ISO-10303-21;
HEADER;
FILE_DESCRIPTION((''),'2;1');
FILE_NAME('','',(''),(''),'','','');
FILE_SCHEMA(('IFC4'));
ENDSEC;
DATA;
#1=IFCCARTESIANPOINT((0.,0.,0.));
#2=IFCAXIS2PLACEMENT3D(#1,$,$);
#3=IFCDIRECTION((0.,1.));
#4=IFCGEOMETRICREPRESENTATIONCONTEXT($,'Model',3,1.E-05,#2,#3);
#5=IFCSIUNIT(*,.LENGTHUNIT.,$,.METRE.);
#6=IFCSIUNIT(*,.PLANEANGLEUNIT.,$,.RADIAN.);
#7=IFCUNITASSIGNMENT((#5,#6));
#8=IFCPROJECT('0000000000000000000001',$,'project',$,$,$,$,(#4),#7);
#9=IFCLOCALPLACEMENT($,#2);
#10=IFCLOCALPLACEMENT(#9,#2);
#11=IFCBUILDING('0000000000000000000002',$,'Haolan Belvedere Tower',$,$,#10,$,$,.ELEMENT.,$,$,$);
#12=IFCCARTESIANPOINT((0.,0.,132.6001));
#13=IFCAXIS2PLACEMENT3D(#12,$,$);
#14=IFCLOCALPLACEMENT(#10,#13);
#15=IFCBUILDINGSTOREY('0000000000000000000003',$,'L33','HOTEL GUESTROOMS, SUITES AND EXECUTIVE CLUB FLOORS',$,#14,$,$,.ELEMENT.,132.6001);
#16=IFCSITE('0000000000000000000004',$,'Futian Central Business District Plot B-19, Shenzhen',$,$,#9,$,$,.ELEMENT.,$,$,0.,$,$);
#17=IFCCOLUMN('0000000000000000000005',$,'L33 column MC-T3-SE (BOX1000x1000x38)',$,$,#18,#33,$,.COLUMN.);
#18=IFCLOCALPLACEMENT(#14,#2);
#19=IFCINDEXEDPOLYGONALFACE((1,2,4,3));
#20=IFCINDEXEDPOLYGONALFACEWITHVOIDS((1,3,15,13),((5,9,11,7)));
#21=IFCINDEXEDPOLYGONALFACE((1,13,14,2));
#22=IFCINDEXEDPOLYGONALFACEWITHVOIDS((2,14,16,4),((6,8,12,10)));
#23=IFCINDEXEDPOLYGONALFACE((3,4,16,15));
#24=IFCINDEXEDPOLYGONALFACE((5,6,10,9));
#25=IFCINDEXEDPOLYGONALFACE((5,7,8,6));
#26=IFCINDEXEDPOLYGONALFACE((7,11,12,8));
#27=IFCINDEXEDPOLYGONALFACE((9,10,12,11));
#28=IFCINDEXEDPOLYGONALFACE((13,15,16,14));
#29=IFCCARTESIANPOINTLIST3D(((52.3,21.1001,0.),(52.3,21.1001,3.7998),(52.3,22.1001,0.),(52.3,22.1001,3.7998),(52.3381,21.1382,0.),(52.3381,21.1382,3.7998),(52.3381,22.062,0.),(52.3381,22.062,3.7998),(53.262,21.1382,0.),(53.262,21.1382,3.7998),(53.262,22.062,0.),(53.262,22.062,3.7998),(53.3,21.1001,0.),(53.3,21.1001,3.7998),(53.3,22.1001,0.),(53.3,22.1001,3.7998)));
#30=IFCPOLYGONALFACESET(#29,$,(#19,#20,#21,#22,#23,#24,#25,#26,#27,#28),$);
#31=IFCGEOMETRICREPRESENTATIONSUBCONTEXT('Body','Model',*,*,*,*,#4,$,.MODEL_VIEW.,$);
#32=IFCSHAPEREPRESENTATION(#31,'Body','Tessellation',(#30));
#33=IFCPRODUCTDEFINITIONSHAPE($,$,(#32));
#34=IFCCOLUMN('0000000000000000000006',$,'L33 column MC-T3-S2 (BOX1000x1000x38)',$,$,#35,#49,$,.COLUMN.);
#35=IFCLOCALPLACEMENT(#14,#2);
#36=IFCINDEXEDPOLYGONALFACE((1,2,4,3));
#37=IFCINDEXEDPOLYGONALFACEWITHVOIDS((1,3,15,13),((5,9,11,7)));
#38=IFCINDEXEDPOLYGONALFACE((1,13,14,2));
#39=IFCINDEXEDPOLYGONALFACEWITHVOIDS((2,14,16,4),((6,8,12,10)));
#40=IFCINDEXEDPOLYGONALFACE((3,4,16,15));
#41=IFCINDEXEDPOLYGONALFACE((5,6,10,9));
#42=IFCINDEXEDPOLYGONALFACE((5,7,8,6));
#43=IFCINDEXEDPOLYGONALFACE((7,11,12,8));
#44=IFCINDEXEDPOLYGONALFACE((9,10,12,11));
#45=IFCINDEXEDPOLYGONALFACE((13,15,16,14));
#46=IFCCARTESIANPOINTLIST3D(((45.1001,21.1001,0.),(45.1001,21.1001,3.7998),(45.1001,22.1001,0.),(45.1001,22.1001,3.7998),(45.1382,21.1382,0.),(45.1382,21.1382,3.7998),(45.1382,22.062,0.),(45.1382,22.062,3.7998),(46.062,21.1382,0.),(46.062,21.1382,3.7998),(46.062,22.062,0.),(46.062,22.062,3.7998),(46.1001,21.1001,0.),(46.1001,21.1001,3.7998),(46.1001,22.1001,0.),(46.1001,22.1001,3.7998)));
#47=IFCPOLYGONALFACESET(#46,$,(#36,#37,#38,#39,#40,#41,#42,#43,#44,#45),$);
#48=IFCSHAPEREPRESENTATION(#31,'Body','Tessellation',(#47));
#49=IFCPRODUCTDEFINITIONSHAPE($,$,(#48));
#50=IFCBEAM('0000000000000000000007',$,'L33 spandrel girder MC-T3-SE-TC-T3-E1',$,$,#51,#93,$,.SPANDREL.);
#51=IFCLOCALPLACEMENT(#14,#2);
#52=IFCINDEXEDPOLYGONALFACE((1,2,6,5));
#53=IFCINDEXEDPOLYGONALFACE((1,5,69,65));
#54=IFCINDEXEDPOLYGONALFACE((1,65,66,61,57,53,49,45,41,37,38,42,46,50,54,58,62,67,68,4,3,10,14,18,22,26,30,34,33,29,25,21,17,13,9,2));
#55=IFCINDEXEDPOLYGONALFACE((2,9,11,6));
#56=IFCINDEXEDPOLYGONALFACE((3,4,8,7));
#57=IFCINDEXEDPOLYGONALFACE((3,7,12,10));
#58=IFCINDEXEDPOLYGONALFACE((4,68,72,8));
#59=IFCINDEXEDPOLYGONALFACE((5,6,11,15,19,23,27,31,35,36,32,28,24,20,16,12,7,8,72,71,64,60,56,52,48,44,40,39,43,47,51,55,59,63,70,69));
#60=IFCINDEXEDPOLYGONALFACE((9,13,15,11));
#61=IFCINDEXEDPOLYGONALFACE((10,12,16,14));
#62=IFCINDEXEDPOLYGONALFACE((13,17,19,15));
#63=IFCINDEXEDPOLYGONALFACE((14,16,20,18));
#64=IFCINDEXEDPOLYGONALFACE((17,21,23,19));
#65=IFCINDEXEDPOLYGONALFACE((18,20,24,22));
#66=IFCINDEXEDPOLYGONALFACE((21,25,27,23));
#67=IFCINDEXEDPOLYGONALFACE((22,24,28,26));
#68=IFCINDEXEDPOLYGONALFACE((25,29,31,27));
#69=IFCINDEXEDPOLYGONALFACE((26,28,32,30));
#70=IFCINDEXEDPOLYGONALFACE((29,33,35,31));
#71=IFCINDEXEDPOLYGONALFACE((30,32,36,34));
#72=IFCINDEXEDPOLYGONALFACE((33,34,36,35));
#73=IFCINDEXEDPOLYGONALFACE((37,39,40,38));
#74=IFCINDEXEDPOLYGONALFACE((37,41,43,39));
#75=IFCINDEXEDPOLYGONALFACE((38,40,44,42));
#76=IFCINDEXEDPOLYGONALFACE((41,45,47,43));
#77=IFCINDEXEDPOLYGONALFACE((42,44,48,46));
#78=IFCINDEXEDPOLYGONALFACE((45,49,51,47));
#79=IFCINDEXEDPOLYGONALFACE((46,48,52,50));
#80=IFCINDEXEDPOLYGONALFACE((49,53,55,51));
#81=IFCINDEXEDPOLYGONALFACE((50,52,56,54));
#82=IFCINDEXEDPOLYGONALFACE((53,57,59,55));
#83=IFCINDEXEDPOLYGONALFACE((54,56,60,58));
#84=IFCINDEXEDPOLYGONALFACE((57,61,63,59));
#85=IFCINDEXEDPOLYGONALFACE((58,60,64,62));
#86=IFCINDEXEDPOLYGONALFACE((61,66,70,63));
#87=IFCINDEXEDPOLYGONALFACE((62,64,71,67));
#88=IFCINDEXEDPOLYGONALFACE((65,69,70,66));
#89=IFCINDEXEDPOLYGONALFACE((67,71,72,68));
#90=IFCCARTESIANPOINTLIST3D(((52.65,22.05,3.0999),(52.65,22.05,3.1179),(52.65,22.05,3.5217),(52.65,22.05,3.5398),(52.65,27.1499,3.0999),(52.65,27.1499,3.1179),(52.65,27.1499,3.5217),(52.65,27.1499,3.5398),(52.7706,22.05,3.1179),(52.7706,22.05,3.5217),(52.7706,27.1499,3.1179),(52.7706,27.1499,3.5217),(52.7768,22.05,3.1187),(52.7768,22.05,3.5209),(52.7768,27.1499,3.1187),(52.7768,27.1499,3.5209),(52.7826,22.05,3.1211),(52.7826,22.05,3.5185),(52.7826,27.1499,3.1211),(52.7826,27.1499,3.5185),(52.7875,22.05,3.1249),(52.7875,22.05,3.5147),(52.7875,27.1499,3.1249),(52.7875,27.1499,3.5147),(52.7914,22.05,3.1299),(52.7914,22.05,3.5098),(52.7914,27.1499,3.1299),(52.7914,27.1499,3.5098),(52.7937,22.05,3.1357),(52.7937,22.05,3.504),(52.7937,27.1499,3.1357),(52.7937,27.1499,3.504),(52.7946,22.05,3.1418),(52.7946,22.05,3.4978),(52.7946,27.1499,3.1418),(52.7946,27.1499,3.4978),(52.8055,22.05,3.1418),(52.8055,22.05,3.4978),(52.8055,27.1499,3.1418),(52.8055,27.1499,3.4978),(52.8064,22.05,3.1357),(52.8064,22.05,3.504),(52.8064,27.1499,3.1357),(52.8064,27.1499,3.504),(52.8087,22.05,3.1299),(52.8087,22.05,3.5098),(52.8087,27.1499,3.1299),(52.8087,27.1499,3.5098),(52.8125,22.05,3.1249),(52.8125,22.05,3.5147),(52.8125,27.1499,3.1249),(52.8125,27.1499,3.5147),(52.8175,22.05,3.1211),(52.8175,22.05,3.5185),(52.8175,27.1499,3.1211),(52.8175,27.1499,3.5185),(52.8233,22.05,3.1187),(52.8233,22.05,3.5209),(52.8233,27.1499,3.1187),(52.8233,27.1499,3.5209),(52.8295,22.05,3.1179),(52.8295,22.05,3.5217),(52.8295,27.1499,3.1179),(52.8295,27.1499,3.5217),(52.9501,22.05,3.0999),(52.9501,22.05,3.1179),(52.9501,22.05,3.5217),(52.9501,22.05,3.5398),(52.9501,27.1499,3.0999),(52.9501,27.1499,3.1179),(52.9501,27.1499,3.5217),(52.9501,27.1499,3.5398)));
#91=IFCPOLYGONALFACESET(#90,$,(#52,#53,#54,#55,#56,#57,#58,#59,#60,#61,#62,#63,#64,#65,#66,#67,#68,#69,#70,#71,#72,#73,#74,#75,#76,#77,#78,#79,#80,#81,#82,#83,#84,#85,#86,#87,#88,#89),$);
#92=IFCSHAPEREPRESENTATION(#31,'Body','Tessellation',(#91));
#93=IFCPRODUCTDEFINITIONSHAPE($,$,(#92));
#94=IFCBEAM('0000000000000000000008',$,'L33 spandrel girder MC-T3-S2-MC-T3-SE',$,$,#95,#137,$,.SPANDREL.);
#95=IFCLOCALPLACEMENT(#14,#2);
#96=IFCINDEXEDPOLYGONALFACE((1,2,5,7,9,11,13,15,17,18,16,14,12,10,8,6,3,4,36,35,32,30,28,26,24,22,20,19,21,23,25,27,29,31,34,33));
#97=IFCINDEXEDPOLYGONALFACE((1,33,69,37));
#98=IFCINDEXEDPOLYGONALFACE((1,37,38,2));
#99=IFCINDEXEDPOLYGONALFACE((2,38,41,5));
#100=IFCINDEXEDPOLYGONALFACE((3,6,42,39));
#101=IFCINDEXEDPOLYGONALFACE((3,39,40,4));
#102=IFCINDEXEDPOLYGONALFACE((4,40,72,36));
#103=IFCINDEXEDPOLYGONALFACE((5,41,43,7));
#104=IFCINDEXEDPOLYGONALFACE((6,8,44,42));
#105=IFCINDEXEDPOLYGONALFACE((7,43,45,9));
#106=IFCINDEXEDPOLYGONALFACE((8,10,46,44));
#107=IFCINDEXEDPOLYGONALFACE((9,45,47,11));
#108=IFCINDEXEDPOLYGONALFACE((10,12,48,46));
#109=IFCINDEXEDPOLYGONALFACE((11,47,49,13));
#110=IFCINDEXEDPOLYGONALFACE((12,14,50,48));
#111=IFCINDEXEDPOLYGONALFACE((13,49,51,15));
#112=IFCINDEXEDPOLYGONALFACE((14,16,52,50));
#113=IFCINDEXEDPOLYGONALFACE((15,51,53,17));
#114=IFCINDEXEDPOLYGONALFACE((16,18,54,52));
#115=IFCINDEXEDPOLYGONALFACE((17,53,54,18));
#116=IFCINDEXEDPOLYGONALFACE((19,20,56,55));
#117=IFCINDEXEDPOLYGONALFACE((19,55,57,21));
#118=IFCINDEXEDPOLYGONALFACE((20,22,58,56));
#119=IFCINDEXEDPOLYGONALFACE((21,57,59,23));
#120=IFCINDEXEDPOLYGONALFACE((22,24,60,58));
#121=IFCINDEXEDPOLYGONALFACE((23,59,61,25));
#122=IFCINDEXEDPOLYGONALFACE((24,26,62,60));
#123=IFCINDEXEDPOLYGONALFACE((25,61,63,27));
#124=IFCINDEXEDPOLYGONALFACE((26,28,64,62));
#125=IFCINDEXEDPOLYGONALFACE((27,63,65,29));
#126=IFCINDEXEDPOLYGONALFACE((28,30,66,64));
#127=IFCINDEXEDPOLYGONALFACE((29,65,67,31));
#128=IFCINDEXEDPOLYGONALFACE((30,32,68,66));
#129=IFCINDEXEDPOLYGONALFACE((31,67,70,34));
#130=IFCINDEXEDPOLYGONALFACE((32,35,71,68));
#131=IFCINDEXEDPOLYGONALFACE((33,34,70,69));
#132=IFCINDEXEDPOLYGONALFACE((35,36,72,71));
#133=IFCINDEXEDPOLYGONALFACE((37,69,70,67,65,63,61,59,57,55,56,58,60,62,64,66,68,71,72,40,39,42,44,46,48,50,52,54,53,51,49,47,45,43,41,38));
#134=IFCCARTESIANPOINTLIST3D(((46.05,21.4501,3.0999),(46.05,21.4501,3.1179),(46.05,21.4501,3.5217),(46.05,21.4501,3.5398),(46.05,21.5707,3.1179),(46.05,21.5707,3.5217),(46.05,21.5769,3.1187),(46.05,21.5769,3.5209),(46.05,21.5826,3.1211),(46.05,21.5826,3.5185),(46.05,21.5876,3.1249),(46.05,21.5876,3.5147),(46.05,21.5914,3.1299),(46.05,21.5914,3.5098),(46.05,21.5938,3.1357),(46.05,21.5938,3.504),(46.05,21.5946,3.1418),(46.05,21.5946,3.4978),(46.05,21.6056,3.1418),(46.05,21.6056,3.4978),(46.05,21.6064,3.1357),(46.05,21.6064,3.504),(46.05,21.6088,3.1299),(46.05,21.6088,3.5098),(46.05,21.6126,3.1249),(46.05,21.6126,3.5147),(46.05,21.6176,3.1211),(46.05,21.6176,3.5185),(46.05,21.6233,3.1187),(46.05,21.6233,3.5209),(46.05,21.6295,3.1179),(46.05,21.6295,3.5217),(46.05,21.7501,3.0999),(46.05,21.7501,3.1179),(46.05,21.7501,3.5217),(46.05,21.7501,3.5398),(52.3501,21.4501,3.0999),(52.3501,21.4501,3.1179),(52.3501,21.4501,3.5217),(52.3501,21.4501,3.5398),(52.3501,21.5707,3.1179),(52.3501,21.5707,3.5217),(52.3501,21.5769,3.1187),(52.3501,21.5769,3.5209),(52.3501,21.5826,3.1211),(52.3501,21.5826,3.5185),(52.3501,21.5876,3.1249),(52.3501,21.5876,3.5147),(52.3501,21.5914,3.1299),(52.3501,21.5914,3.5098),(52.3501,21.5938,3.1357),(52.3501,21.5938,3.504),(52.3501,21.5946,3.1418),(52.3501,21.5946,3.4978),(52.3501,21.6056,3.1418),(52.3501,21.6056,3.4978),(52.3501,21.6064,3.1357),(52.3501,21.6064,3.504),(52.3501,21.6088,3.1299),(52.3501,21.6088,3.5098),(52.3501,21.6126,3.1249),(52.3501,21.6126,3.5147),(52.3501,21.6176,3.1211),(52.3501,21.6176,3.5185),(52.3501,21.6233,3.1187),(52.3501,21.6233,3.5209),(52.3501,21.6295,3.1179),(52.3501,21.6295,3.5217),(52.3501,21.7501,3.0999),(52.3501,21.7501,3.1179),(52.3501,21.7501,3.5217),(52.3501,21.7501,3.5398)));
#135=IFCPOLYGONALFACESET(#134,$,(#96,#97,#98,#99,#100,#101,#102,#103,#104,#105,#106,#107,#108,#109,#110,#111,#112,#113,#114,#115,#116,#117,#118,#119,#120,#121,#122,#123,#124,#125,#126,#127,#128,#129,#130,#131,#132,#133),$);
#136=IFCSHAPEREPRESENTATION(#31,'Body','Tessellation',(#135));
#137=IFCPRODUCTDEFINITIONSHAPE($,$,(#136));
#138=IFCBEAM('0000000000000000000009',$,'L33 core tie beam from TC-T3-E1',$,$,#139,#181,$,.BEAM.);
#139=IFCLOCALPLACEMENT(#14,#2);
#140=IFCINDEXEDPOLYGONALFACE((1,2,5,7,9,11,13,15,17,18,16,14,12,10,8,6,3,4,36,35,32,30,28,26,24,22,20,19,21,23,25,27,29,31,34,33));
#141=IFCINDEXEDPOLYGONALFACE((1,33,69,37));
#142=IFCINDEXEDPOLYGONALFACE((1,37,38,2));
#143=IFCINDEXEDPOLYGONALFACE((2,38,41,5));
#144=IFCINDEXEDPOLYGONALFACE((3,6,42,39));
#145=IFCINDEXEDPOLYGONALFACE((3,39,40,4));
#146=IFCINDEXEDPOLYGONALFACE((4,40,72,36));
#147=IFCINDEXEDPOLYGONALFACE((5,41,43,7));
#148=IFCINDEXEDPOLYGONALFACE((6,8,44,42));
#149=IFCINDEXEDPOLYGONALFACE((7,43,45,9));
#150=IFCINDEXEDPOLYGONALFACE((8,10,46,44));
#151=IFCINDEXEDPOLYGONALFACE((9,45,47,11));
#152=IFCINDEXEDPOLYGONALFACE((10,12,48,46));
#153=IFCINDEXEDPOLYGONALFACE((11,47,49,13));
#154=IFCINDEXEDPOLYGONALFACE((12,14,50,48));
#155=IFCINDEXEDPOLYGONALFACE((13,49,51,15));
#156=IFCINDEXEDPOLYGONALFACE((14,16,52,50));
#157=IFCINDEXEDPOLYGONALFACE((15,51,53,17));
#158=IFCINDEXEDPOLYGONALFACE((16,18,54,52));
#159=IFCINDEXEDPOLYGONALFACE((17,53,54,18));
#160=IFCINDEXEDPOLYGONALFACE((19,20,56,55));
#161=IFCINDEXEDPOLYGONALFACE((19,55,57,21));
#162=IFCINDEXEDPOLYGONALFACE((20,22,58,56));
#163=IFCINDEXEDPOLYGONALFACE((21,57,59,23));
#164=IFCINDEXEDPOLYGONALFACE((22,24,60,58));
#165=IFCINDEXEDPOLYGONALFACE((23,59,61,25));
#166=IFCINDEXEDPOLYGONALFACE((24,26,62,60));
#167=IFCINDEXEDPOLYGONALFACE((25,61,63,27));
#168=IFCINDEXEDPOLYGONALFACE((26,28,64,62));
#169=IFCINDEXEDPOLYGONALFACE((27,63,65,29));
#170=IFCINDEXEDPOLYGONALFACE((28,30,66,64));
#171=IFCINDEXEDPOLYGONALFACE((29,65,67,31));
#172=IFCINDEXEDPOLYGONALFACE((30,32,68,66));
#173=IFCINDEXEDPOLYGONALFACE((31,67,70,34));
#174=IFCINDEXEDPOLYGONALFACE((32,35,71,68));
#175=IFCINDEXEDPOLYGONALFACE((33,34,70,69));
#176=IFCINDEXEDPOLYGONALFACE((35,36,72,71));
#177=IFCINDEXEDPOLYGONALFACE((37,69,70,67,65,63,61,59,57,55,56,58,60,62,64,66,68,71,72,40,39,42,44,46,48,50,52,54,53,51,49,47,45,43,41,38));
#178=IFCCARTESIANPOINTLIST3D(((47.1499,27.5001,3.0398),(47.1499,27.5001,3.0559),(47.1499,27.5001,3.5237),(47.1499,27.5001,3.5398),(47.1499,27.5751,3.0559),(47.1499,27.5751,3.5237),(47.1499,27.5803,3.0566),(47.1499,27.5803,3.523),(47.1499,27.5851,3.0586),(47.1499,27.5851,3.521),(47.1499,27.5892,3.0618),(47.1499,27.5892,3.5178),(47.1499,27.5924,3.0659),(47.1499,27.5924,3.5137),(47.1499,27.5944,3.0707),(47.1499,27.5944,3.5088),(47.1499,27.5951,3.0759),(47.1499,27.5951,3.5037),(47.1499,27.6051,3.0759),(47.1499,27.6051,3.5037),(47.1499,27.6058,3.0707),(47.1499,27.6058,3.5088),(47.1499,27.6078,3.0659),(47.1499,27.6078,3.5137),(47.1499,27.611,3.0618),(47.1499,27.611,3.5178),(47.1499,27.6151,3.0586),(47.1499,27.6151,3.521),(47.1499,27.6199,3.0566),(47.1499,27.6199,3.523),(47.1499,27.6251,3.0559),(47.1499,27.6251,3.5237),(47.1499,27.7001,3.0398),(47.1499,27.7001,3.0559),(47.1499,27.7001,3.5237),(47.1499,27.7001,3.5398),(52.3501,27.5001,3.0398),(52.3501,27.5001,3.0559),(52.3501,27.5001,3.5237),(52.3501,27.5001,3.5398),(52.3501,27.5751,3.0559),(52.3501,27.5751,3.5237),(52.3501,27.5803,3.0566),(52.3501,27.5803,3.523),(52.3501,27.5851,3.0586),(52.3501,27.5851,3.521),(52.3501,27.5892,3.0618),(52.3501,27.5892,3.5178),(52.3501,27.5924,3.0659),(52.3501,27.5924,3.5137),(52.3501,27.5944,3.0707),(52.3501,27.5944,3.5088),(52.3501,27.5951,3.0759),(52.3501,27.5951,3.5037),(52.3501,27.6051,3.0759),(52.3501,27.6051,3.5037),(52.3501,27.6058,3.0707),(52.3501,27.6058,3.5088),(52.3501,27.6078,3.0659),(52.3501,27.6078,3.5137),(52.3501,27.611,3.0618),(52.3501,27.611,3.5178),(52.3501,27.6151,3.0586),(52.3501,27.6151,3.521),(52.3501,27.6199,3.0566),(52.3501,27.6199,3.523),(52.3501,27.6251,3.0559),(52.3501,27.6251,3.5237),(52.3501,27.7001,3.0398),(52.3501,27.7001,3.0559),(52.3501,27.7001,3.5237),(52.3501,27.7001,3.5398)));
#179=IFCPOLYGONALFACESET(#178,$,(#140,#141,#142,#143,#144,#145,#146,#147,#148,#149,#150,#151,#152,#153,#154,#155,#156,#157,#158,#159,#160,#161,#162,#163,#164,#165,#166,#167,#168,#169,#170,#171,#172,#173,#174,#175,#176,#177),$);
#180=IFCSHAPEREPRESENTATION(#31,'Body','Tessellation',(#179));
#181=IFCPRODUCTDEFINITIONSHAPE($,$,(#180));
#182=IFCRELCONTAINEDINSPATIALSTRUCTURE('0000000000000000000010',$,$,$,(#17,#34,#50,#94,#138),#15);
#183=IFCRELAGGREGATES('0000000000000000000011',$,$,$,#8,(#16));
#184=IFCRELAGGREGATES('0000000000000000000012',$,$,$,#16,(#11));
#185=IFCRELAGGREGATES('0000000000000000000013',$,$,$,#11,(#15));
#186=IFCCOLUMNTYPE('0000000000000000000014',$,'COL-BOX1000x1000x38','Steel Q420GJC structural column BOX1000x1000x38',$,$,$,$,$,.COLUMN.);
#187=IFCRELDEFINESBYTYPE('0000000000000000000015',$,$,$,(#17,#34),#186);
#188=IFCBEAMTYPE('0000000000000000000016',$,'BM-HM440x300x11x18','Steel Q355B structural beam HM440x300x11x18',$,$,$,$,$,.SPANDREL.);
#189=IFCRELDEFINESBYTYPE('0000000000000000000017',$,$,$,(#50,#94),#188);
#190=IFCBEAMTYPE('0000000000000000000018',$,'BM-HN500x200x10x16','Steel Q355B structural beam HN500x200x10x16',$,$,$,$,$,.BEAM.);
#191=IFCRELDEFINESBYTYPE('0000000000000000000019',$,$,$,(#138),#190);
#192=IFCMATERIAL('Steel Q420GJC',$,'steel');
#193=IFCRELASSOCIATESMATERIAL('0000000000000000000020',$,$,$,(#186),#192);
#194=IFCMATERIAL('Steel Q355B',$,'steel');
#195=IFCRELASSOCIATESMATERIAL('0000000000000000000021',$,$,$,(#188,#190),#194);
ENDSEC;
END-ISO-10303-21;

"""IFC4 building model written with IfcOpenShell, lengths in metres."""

from ifc_helpers import new_model, si_unit, direction, frame, origin, origin_2d, place, context, subcontext, project, spatial, hollow_rectangle, i_section, extrude, material, material_profile, profile_set, type_object, element, save


model = new_model("IFC4")

# Units and contexts
model_context = context("Model", 3, precision=1e-05, world=origin(), true_north=direction((0.0, 1.0)))
body_context = subcontext(model_context, "Body", "Model", "MODEL_VIEW")
ifc_project = project(units=[si_unit("LENGTHUNIT", "METRE"), si_unit("PLANEANGLEUNIT", "RADIAN")], contexts=[model_context])

# Site, building, storey
site_placement = place(None, origin())
site = spatial("IfcSite", under=ifc_project, at=site_placement, Name="Futian Central Business District Plot B-19, Shenzhen", CompositionType="ELEMENT", RefElevation=0.0)
building_placement = place(site_placement, origin())
building = spatial("IfcBuilding", under=site, at=building_placement, Name="Haolan Belvedere Tower", CompositionType="ELEMENT")
storey_placement = place(building_placement, frame((0.0, 0.0, 132.6001)))
storey = spatial("IfcBuildingStorey", under=building, at=storey_placement, Name="L33", Description="HOTEL GUESTROOMS, SUITES AND EXECUTIVE CLUB FLOORS", CompositionType="ELEMENT", Elevation=132.6001)

# Columns
ifc_material_1 = material(Name="Steel Q420GJC", Category="steel")
ifc_material_profile_1 = material_profile(ifc_material_1, hollow_rectangle(XDim=1.0, YDim=1.0, WallThickness=0.0381, at=origin_2d()), Name="Steel Q420GJC")
ifc_profile_set_1 = profile_set([ifc_material_profile_1], Name="Steel Q420GJC")
column_type = type_object("IfcColumnType", Name="COL-BOX1000x1000x38", Description="Steel Q420GJC structural column BOX1000x1000x38", PredefinedType="COLUMN", material=ifc_profile_set_1)
for number, where, z_axis, x_axis, name in (
    (1, (52.8, 21.6001, 0.0), (0.0, 0.0, 1.0), (1.0, 0.0, 0.0), "L33 column MC-T3-SE (BOX1000x1000x38)"),
    (2, (45.6001, 21.6001, 0.0), (0.0, 0.0, 1.0), (1.0, 0.0, 0.0), "L33 column MC-T3-S2 (BOX1000x1000x38)"),
):
    element("IfcColumn", number, at=place(storey_placement, frame(where, z_axis=z_axis, x_axis=x_axis)), inside=storey, type_object=column_type, Name=name, PredefinedType="COLUMN", context=body_context, shape_type="SweptSolid", body=[
        extrude(hollow_rectangle(XDim=1.0, YDim=1.0, WallThickness=0.0381, at=origin_2d()), origin(), (0.0, 0.0, 1.0), 3.7998),
    ])

# Beams
ifc_material_2 = material(Name="Steel Q355B", Category="steel")
ifc_material_profile_2 = material_profile(ifc_material_2, i_section(OverallWidth=0.3, OverallDepth=0.4399, WebThickness=0.011, FlangeThickness=0.0181, FilletRadius=0.0239, at=origin_2d()), Name="Steel Q355B")
ifc_profile_set_2 = profile_set([ifc_material_profile_2], Name="Steel Q355B")
beam_type_1 = type_object("IfcBeamType", Name="BM-HM440x300x11x18", Description="Steel Q355B structural beam HM440x300x11x18", PredefinedType="SPANDREL", material=ifc_profile_set_2)
beam_1_placement = place(storey_placement, frame((52.8, 22.05, 3.3198), z_axis=(0.0, 1.0, 0.0), x_axis=(-1.0, 0.0, 0.0)))
element("IfcBeam", 3, at=beam_1_placement, inside=storey, type_object=beam_type_1, Name="L33 spandrel girder MC-T3-SE-TC-T3-E1", PredefinedType="SPANDREL", context=body_context, shape_type="SweptSolid", body=[
    extrude(i_section(OverallWidth=0.3, OverallDepth=0.4399, WebThickness=0.011, FlangeThickness=0.0181, FilletRadius=0.0239, at=origin_2d()), origin(), (0.0, 0.0, 1.0), 5.0999),
])
beam_2_placement = place(storey_placement, frame((46.05, 21.6001, 3.3198), z_axis=(1.0, 0.0, 0.0), x_axis=(0.0, 1.0, 0.0)))
element("IfcBeam", 4, at=beam_2_placement, inside=storey, type_object=beam_type_1, Name="L33 spandrel girder MC-T3-S2-MC-T3-SE", PredefinedType="SPANDREL", context=body_context, shape_type="SweptSolid", body=[
    extrude(i_section(OverallWidth=0.3, OverallDepth=0.4399, WebThickness=0.011, FlangeThickness=0.0181, FilletRadius=0.0239, at=origin_2d()), origin(), (0.0, 0.0, 1.0), 6.3),
])
ifc_material_profile_3 = material_profile(ifc_material_2, i_section(OverallWidth=0.2, OverallDepth=0.5, WebThickness=0.01, FlangeThickness=0.0161, FilletRadius=0.02, at=origin_2d()), Name="Steel Q355B")
ifc_profile_set_3 = profile_set([ifc_material_profile_3], Name="Steel Q355B")
beam_type_2 = type_object("IfcBeamType", Name="BM-HN500x200x10x16", Description="Steel Q355B structural beam HN500x200x10x16", PredefinedType="BEAM", material=ifc_profile_set_3)
beam_3_placement = place(storey_placement, frame((52.3501, 27.6001, 3.2898), z_axis=(-1.0, 0.0, 0.0), x_axis=(0.0, -1.0, 0.0)))
element("IfcBeam", 5, at=beam_3_placement, inside=storey, type_object=beam_type_2, Name="L33 core tie beam from TC-T3-E1", PredefinedType="BEAM", context=body_context, shape_type="SweptSolid", body=[
    extrude(i_section(OverallWidth=0.2, OverallDepth=0.5, WebThickness=0.01, FlangeThickness=0.0161, FilletRadius=0.02, at=origin_2d()), origin(), (0.0, 0.0, 1.0), 5.2002),
])

save(model, "model.ifc")
